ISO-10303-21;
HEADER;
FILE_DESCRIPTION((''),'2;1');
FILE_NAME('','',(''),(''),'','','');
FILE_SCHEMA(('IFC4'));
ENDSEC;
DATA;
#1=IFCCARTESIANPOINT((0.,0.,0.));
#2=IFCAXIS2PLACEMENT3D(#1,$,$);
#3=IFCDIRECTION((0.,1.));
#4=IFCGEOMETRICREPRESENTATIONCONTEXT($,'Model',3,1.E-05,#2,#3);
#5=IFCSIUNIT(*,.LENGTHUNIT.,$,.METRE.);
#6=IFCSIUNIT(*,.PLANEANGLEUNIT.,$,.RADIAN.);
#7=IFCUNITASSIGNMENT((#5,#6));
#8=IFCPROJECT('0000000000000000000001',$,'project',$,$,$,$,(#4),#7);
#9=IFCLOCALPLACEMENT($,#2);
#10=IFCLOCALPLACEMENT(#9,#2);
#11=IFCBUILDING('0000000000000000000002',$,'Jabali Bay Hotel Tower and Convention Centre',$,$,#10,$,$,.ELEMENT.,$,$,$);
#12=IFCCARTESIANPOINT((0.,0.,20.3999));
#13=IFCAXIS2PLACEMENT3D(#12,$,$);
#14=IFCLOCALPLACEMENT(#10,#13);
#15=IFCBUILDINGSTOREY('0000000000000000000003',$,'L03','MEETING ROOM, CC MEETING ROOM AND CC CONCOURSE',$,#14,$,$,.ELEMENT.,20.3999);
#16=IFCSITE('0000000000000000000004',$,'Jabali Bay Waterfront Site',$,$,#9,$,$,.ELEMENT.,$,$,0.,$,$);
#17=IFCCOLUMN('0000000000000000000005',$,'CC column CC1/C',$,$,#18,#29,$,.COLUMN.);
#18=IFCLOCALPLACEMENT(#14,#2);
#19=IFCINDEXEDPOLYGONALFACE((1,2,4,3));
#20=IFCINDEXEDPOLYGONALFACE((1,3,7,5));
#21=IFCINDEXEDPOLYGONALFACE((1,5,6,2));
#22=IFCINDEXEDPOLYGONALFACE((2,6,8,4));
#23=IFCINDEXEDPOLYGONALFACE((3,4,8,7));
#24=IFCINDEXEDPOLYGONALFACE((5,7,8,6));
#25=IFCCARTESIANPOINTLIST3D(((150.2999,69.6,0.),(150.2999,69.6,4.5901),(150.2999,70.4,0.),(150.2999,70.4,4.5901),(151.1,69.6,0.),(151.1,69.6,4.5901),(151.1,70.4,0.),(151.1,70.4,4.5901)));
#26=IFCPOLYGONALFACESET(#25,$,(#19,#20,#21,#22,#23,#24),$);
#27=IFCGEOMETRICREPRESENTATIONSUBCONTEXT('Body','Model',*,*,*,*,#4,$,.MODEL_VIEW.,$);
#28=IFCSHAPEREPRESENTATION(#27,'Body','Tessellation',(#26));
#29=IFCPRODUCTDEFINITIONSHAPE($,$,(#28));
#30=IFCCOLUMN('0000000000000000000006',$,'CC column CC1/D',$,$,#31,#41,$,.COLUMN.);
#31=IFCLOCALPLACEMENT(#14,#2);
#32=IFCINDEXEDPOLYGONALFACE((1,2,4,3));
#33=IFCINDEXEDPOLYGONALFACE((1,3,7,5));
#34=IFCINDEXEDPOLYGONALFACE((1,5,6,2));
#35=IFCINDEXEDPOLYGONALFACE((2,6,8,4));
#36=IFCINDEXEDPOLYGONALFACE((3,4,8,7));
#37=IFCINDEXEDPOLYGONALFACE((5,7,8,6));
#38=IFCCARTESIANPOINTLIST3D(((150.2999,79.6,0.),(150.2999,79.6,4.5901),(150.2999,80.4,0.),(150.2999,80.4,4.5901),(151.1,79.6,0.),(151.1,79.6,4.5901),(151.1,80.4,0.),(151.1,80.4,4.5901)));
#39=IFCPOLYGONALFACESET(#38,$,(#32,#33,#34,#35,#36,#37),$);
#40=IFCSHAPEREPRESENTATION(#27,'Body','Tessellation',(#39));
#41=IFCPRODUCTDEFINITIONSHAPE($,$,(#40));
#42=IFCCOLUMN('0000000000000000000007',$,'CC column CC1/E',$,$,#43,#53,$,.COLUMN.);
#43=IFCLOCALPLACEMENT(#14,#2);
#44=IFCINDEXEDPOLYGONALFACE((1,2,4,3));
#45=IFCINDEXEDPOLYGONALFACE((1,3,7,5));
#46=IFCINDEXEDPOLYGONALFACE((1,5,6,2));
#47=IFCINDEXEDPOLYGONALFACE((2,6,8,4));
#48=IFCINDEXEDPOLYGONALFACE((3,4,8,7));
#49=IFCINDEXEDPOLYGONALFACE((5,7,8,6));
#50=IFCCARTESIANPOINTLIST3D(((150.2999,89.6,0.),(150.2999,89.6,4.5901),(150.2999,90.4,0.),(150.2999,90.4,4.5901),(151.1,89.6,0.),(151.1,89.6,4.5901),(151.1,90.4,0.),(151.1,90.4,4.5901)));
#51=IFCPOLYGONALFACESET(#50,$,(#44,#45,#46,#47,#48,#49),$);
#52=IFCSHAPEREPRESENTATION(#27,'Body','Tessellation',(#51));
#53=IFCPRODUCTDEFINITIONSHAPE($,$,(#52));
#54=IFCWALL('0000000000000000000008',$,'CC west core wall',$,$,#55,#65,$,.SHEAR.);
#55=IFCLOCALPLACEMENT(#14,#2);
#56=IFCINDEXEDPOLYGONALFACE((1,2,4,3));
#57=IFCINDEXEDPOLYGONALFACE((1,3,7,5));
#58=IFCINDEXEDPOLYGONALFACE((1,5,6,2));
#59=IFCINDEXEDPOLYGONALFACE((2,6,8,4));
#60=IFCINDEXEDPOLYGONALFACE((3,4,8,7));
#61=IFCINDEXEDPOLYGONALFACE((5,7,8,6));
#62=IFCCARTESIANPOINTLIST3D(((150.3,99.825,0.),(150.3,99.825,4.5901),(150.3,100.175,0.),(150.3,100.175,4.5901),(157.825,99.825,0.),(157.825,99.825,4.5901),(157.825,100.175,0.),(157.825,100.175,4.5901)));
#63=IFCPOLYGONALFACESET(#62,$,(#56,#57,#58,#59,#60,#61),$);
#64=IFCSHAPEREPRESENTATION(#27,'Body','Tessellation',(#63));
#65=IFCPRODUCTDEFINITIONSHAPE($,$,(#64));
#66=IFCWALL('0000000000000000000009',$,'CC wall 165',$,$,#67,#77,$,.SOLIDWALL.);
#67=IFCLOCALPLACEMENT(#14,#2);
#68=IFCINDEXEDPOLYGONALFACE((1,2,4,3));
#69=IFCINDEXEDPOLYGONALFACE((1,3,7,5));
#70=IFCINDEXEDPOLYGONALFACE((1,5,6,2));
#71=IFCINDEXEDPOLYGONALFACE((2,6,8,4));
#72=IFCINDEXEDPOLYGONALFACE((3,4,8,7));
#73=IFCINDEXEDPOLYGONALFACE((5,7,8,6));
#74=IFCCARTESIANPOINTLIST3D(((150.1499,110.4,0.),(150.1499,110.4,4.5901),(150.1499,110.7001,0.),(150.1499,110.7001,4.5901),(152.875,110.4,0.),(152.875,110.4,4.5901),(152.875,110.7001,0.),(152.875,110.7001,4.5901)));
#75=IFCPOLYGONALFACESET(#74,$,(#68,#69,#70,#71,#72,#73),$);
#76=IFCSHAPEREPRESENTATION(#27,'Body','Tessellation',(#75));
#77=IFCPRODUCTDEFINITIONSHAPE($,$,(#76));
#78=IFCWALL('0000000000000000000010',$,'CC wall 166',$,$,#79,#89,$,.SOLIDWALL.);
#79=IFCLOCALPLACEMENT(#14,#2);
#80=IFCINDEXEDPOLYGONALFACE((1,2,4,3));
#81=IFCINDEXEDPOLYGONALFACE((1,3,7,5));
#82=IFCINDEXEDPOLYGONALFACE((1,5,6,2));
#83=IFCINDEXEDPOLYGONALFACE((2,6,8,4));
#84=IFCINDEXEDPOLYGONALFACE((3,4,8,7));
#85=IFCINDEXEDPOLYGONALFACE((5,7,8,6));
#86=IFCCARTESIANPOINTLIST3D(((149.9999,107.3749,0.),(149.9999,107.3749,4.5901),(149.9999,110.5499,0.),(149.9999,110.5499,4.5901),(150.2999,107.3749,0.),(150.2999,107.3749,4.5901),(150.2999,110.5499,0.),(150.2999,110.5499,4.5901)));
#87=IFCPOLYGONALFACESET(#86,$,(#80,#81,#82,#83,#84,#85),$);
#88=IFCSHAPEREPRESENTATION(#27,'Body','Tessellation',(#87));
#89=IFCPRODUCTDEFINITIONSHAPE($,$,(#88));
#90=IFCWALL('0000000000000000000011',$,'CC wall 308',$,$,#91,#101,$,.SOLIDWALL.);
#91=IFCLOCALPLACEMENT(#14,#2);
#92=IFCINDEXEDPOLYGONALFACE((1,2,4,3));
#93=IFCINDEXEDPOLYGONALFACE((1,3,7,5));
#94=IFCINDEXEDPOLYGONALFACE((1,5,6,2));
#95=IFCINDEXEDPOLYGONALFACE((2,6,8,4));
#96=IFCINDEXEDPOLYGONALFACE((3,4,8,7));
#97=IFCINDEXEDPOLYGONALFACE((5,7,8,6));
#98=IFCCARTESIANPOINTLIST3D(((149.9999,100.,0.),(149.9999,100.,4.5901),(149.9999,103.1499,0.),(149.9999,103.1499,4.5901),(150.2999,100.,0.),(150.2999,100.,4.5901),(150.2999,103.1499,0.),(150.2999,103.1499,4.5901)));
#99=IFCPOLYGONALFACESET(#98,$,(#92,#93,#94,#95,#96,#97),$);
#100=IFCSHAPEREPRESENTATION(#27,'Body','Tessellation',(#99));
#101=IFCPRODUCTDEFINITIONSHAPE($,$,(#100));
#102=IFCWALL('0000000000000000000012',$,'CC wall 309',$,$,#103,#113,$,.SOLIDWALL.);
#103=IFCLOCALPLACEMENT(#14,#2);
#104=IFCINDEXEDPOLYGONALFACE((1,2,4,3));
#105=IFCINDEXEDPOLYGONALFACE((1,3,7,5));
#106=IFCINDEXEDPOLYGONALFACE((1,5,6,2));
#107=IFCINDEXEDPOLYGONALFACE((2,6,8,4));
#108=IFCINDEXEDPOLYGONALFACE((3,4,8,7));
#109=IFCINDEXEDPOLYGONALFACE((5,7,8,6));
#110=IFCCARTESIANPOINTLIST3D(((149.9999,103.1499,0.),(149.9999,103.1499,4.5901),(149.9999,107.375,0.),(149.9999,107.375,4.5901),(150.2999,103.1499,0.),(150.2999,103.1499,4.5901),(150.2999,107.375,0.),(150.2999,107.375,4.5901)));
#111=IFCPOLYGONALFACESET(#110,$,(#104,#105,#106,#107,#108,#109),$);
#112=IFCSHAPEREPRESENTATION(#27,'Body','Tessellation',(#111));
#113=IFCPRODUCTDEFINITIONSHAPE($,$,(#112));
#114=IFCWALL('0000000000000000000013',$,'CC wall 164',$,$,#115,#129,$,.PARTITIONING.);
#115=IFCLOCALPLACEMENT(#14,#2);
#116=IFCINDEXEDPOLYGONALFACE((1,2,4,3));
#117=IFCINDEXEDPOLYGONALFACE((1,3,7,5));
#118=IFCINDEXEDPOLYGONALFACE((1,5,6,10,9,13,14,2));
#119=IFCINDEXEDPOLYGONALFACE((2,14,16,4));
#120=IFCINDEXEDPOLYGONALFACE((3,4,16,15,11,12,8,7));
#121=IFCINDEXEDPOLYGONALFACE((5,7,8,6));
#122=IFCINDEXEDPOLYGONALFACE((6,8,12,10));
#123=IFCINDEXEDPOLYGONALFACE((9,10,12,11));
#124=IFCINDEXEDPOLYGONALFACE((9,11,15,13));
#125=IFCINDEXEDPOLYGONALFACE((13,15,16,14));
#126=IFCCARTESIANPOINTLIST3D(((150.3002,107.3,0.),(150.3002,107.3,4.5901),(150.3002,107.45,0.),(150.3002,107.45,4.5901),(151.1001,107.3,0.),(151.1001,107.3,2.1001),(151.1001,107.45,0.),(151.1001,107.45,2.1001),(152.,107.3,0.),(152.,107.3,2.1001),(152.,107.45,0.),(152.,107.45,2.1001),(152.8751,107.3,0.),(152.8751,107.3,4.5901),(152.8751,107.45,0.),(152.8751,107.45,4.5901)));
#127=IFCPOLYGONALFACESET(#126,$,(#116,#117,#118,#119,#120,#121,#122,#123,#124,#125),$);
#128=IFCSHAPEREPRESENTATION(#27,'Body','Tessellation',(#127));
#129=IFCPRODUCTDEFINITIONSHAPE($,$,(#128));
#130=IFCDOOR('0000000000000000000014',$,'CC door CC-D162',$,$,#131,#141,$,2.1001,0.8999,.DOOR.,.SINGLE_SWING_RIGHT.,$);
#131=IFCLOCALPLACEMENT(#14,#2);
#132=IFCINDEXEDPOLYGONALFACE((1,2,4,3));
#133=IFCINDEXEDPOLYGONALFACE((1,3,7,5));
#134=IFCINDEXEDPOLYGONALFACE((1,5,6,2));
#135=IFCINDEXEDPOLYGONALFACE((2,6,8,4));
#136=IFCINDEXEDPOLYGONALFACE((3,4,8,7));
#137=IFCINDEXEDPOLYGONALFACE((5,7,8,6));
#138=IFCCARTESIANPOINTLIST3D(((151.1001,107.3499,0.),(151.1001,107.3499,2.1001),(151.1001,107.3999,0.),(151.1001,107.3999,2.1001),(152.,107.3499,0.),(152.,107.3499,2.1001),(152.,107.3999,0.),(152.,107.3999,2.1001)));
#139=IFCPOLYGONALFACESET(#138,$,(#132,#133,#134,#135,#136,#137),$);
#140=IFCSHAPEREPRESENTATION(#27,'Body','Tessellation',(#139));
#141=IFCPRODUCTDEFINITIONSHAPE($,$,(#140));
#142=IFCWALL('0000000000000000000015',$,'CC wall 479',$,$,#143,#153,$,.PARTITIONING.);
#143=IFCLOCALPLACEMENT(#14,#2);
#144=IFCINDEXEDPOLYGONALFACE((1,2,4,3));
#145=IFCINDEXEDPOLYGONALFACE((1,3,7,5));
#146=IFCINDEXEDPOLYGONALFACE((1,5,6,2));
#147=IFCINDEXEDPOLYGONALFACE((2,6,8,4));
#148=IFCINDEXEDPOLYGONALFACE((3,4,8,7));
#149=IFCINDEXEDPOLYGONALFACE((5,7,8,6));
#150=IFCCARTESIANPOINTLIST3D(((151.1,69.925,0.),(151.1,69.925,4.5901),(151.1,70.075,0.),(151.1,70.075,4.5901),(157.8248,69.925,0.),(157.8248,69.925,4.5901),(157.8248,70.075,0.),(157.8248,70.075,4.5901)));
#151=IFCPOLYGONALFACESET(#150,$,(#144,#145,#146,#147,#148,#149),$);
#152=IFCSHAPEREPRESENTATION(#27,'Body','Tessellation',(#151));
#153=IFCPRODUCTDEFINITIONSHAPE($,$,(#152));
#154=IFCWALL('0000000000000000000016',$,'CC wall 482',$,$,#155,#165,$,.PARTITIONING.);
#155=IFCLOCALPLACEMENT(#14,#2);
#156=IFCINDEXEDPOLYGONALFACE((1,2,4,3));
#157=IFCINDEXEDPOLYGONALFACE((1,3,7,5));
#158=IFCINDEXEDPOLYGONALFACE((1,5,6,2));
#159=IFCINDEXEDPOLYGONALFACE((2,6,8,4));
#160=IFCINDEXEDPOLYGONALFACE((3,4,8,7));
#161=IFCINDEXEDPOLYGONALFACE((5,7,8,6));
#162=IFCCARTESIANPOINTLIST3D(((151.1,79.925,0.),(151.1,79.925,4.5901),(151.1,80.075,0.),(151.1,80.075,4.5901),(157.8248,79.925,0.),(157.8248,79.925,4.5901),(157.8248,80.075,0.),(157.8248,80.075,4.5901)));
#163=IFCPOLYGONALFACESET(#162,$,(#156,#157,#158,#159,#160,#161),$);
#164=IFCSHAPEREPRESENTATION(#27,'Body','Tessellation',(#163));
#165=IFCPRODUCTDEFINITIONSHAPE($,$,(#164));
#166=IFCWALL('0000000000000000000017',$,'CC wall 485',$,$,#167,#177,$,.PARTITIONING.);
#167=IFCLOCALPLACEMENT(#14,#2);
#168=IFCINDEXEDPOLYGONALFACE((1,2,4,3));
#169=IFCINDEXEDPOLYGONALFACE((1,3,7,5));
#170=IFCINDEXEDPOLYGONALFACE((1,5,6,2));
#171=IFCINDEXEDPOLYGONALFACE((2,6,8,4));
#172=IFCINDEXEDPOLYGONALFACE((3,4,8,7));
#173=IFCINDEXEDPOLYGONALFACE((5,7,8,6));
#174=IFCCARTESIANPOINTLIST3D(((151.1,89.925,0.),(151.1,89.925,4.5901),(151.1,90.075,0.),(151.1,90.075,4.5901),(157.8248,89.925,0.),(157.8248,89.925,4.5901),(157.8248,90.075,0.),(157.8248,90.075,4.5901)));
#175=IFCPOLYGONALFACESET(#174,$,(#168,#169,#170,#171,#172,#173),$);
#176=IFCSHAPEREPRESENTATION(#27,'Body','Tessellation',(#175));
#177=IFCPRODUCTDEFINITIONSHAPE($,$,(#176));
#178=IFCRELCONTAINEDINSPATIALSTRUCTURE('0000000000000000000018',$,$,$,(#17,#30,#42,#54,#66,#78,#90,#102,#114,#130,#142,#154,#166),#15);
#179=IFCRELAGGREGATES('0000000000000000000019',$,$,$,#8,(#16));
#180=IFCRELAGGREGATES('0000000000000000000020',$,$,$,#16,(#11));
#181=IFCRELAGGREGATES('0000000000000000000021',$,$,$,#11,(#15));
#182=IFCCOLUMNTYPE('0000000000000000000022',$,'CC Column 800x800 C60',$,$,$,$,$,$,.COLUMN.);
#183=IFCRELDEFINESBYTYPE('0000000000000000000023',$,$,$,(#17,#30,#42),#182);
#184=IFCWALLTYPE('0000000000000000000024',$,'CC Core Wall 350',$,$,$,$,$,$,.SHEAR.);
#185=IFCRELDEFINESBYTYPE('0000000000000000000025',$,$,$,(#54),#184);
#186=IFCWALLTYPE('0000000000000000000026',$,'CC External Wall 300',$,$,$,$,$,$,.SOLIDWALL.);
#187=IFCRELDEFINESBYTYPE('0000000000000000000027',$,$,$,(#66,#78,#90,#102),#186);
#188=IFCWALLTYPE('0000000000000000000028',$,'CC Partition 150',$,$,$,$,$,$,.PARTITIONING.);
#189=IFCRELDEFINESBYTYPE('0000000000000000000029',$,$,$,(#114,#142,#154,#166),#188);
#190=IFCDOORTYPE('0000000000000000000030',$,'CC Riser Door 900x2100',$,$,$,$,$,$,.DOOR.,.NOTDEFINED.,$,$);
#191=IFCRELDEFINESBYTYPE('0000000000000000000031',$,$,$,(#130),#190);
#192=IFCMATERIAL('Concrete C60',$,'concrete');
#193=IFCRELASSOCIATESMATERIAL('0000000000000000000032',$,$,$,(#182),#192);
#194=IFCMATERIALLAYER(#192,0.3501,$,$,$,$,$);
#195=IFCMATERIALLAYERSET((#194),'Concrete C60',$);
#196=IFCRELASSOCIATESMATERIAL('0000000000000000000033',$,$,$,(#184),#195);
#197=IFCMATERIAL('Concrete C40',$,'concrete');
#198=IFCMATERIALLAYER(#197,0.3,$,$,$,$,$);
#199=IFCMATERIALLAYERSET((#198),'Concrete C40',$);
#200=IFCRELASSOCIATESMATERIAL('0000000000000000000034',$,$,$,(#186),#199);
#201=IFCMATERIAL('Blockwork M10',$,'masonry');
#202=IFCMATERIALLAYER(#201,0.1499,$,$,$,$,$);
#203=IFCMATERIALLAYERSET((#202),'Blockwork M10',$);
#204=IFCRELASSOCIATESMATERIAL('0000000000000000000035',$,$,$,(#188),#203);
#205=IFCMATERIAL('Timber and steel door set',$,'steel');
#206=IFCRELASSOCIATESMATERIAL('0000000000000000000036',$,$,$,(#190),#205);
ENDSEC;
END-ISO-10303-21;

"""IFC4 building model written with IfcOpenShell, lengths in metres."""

from ifc_helpers import new_model, si_unit, direction, frame, frame_2d, origin, origin_2d, place, context, subcontext, project, spatial, rectangle, extrude, material, layer, layer_set, material_profile, profile_set, type_object, element, fill, save


model = new_model("IFC4")

# Units and contexts
model_context = context("Model", 3, precision=1e-05, world=origin(), true_north=direction((0.0, 1.0)))
body_context = subcontext(model_context, "Body", "Model", "MODEL_VIEW")
ifc_project = project(units=[si_unit("LENGTHUNIT", "METRE"), si_unit("PLANEANGLEUNIT", "RADIAN")], contexts=[model_context])

# Site, building, storey
site_placement = place(None, origin())
site = spatial("IfcSite", under=ifc_project, at=site_placement, Name="Jabali Bay Waterfront Site", CompositionType="ELEMENT", RefElevation=0.0)
building_placement = place(site_placement, origin())
building = spatial("IfcBuilding", under=site, at=building_placement, Name="Jabali Bay Hotel Tower and Convention Centre", CompositionType="ELEMENT")
storey_placement = place(building_placement, frame((0.0, 0.0, 20.3999)))
storey = spatial("IfcBuildingStorey", under=building, at=storey_placement, Name="L03", Description="MEETING ROOM, CC MEETING ROOM AND CC CONCOURSE", CompositionType="ELEMENT", Elevation=20.3999)

# Columns
ifc_material_1 = material(Name="Concrete C60", Category="concrete")
ifc_material_profile = material_profile(ifc_material_1, rectangle(XDim=0.8, YDim=0.8, at=origin_2d()), Name="RC 800x800")
ifc_profile_set = profile_set([ifc_material_profile], Name="Concrete C60")
column_type = type_object("IfcColumnType", Name="CC Column 800x800 C60", PredefinedType="COLUMN", material=ifc_profile_set)
for number, where, z_axis, x_axis, name in (
    (1, (150.7, 70.0, 0.0), (0.0, 0.0, 1.0), (1.0, 0.0, 0.0), "CC column CC1/C"),
    (2, (150.7, 80.0, 0.0), (0.0, 0.0, 1.0), (1.0, 0.0, 0.0), "CC column CC1/D"),
    (3, (150.7, 90.0, 0.0), (0.0, 0.0, 1.0), (1.0, 0.0, 0.0), "CC column CC1/E"),
):
    element("IfcColumn", number, at=place(storey_placement, frame(where, z_axis=z_axis, x_axis=x_axis)), inside=storey, type_object=column_type, Name=name, PredefinedType="COLUMN", context=body_context, shape_type="SweptSolid", body=[
        extrude(rectangle(XDim=0.8, YDim=0.8, at=origin_2d()), origin(), (0.0, 0.0, 1.0), 4.5901),
    ])

# Walls
ifc_layer_1 = layer(ifc_material_1, 0.3501)
ifc_layer_set_1 = layer_set([ifc_layer_1], Name="Concrete C60")
wall_type_1 = type_object("IfcWallType", Name="CC Core Wall 350", PredefinedType="SHEAR", material=ifc_layer_set_1)
wall_1_placement = place(storey_placement, frame((150.3, 100.0, 0.0), z_axis=(0.0, 0.0, 1.0), x_axis=(1.0, 0.0, 0.0)))
element("IfcWall", 4, at=wall_1_placement, inside=storey, type_object=wall_type_1, Name="CC west core wall", PredefinedType="SHEAR", context=body_context, shape_type="SweptSolid", body=[
    extrude(rectangle(XDim=7.5249, YDim=0.3501, at=frame_2d((3.7625, 0.0))), origin(), (0.0, 0.0, 1.0), 4.5901),
])
ifc_material_2 = material(Name="Concrete C40", Category="concrete")
ifc_layer_2 = layer(ifc_material_2, 0.3)
ifc_layer_set_2 = layer_set([ifc_layer_2], Name="Concrete C40")
wall_type_2 = type_object("IfcWallType", Name="CC External Wall 300", PredefinedType="SOLIDWALL", material=ifc_layer_set_2)
wall_2_placement = place(storey_placement, frame((150.1499, 110.55, 0.0), z_axis=(0.0, 0.0, 1.0), x_axis=(1.0, 0.0, 0.0)))
element("IfcWall", 5, at=wall_2_placement, inside=storey, type_object=wall_type_2, Name="CC wall 165", PredefinedType="SOLIDWALL", context=body_context, shape_type="SweptSolid", body=[
    extrude(rectangle(XDim=2.7251, YDim=0.3, at=frame_2d((1.3625, 0.0))), origin(), (0.0, 0.0, 1.0), 4.5901),
])
wall_3_placement = place(storey_placement, frame((150.1499, 107.375, 0.0), z_axis=(0.0, 0.0, 1.0), x_axis=(0.0, 1.0, 0.0)))
element("IfcWall", 6, at=wall_3_placement, inside=storey, type_object=wall_type_2, Name="CC wall 166", PredefinedType="SOLIDWALL", context=body_context, shape_type="SweptSolid", body=[
    extrude(rectangle(XDim=3.175, YDim=0.3, at=frame_2d((1.5874, 0.0))), origin(), (0.0, 0.0, 1.0), 4.5901),
])
wall_4_placement = place(storey_placement, frame((150.1499, 100.0, 0.0), z_axis=(0.0, 0.0, 1.0), x_axis=(0.0, 1.0, 0.0)))
element("IfcWall", 7, at=wall_4_placement, inside=storey, type_object=wall_type_2, Name="CC wall 308", PredefinedType="SOLIDWALL", context=body_context, shape_type="SweptSolid", body=[
    extrude(rectangle(XDim=3.1499, YDim=0.3, at=frame_2d((1.575, 0.0))), origin(), (0.0, 0.0, 1.0), 4.5901),
])
wall_5_placement = place(storey_placement, frame((150.1499, 103.1499, 0.0), z_axis=(0.0, 0.0, 1.0), x_axis=(0.0, 1.0, 0.0)))
element("IfcWall", 8, at=wall_5_placement, inside=storey, type_object=wall_type_2, Name="CC wall 309", PredefinedType="SOLIDWALL", context=body_context, shape_type="SweptSolid", body=[
    extrude(rectangle(XDim=4.2251, YDim=0.3, at=frame_2d((2.1125, 0.0))), origin(), (0.0, 0.0, 1.0), 4.5901),
])

# Wall, opening, door
ifc_material_3 = material(Name="Blockwork M10", Category="masonry")
ifc_layer_3 = layer(ifc_material_3, 0.1499)
ifc_layer_set_3 = layer_set([ifc_layer_3], Name="Blockwork M10")
wall_type_3 = type_object("IfcWallType", Name="CC Partition 150", PredefinedType="PARTITIONING", material=ifc_layer_set_3)
wall_6_placement = place(storey_placement, frame((150.3, 107.375, 0.0), z_axis=(0.0, 0.0, 1.0), x_axis=(1.0, 0.0, 0.0)))
wall_6 = element("IfcWall", 9, at=wall_6_placement, inside=storey, type_object=wall_type_3, Name="CC wall 164", PredefinedType="PARTITIONING", context=body_context, shape_type="SweptSolid", body=[
    extrude(rectangle(XDim=2.575, YDim=0.1499, at=frame_2d((1.2876, 0.0))), origin(), (0.0, 0.0, 1.0), 4.5901),
])
opening_1_placement = place(wall_6_placement, frame((0.8, 0.0, 0.0)))
opening_1 = element("IfcOpeningElement", 10, at=opening_1_placement, cuts=wall_6, PredefinedType="OPENING", context=body_context, shape_type="SweptSolid", body=[
    extrude(rectangle(XDim=0.8999, YDim=2.1001, at=frame_2d((0.45, 1.05))), frame((0.0, 0.0854, 0.0), z_axis=(0.0, -1.0, 0.0), x_axis=(1.0, 0.0, 0.0)), (0.0, 0.0, 1.0), 0.1709),
])
ifc_material_4 = material(Name="Timber and steel door set", Category="steel")
door_type_1 = type_object("IfcDoorType", Name="CC Riser Door 900x2100", OperationType="NOTDEFINED", PredefinedType="DOOR", material=ifc_material_4)
door_1_placement = place(opening_1_placement, origin())
door_1 = element("IfcDoor", 11, at=door_1_placement, inside=storey, type_object=door_type_1, Name="CC door CC-D162", OperationType="SINGLE_SWING_RIGHT", OverallHeight=2.1001, OverallWidth=0.8999, PredefinedType="DOOR", context=body_context, shape_type="SweptSolid", body=[
    extrude(rectangle(XDim=0.8999, YDim=2.1001, at=frame_2d((0.45, 1.05))), frame((0.0, 0.0249, 0.0), z_axis=(0.0, -1.0, 0.0), x_axis=(1.0, 0.0, 0.0)), (0.0, 0.0, 1.0), 0.05),
])
fill(opening_1, door_1)

# Walls
for number, where, z_axis, x_axis, name in (
    (12, (151.1001, 70.0, 0.0), (0.0, 0.0, 1.0), (1.0, 0.0, 0.0), "CC wall 479"),
    (13, (151.1001, 80.0, 0.0), (0.0, 0.0, 1.0), (1.0, 0.0, 0.0), "CC wall 482"),
    (14, (151.1001, 90.0, 0.0), (0.0, 0.0, 1.0), (1.0, 0.0, 0.0), "CC wall 485"),
):
    element("IfcWall", number, at=place(storey_placement, frame(where, z_axis=z_axis, x_axis=x_axis)), inside=storey, type_object=wall_type_3, Name=name, PredefinedType="PARTITIONING", context=body_context, shape_type="SweptSolid", body=[
        extrude(rectangle(XDim=6.7249, YDim=0.1499, at=frame_2d((3.3623, 0.0))), origin(), (0.0, 0.0, 1.0), 4.5901),
    ])

save(model, "model.ifc")
